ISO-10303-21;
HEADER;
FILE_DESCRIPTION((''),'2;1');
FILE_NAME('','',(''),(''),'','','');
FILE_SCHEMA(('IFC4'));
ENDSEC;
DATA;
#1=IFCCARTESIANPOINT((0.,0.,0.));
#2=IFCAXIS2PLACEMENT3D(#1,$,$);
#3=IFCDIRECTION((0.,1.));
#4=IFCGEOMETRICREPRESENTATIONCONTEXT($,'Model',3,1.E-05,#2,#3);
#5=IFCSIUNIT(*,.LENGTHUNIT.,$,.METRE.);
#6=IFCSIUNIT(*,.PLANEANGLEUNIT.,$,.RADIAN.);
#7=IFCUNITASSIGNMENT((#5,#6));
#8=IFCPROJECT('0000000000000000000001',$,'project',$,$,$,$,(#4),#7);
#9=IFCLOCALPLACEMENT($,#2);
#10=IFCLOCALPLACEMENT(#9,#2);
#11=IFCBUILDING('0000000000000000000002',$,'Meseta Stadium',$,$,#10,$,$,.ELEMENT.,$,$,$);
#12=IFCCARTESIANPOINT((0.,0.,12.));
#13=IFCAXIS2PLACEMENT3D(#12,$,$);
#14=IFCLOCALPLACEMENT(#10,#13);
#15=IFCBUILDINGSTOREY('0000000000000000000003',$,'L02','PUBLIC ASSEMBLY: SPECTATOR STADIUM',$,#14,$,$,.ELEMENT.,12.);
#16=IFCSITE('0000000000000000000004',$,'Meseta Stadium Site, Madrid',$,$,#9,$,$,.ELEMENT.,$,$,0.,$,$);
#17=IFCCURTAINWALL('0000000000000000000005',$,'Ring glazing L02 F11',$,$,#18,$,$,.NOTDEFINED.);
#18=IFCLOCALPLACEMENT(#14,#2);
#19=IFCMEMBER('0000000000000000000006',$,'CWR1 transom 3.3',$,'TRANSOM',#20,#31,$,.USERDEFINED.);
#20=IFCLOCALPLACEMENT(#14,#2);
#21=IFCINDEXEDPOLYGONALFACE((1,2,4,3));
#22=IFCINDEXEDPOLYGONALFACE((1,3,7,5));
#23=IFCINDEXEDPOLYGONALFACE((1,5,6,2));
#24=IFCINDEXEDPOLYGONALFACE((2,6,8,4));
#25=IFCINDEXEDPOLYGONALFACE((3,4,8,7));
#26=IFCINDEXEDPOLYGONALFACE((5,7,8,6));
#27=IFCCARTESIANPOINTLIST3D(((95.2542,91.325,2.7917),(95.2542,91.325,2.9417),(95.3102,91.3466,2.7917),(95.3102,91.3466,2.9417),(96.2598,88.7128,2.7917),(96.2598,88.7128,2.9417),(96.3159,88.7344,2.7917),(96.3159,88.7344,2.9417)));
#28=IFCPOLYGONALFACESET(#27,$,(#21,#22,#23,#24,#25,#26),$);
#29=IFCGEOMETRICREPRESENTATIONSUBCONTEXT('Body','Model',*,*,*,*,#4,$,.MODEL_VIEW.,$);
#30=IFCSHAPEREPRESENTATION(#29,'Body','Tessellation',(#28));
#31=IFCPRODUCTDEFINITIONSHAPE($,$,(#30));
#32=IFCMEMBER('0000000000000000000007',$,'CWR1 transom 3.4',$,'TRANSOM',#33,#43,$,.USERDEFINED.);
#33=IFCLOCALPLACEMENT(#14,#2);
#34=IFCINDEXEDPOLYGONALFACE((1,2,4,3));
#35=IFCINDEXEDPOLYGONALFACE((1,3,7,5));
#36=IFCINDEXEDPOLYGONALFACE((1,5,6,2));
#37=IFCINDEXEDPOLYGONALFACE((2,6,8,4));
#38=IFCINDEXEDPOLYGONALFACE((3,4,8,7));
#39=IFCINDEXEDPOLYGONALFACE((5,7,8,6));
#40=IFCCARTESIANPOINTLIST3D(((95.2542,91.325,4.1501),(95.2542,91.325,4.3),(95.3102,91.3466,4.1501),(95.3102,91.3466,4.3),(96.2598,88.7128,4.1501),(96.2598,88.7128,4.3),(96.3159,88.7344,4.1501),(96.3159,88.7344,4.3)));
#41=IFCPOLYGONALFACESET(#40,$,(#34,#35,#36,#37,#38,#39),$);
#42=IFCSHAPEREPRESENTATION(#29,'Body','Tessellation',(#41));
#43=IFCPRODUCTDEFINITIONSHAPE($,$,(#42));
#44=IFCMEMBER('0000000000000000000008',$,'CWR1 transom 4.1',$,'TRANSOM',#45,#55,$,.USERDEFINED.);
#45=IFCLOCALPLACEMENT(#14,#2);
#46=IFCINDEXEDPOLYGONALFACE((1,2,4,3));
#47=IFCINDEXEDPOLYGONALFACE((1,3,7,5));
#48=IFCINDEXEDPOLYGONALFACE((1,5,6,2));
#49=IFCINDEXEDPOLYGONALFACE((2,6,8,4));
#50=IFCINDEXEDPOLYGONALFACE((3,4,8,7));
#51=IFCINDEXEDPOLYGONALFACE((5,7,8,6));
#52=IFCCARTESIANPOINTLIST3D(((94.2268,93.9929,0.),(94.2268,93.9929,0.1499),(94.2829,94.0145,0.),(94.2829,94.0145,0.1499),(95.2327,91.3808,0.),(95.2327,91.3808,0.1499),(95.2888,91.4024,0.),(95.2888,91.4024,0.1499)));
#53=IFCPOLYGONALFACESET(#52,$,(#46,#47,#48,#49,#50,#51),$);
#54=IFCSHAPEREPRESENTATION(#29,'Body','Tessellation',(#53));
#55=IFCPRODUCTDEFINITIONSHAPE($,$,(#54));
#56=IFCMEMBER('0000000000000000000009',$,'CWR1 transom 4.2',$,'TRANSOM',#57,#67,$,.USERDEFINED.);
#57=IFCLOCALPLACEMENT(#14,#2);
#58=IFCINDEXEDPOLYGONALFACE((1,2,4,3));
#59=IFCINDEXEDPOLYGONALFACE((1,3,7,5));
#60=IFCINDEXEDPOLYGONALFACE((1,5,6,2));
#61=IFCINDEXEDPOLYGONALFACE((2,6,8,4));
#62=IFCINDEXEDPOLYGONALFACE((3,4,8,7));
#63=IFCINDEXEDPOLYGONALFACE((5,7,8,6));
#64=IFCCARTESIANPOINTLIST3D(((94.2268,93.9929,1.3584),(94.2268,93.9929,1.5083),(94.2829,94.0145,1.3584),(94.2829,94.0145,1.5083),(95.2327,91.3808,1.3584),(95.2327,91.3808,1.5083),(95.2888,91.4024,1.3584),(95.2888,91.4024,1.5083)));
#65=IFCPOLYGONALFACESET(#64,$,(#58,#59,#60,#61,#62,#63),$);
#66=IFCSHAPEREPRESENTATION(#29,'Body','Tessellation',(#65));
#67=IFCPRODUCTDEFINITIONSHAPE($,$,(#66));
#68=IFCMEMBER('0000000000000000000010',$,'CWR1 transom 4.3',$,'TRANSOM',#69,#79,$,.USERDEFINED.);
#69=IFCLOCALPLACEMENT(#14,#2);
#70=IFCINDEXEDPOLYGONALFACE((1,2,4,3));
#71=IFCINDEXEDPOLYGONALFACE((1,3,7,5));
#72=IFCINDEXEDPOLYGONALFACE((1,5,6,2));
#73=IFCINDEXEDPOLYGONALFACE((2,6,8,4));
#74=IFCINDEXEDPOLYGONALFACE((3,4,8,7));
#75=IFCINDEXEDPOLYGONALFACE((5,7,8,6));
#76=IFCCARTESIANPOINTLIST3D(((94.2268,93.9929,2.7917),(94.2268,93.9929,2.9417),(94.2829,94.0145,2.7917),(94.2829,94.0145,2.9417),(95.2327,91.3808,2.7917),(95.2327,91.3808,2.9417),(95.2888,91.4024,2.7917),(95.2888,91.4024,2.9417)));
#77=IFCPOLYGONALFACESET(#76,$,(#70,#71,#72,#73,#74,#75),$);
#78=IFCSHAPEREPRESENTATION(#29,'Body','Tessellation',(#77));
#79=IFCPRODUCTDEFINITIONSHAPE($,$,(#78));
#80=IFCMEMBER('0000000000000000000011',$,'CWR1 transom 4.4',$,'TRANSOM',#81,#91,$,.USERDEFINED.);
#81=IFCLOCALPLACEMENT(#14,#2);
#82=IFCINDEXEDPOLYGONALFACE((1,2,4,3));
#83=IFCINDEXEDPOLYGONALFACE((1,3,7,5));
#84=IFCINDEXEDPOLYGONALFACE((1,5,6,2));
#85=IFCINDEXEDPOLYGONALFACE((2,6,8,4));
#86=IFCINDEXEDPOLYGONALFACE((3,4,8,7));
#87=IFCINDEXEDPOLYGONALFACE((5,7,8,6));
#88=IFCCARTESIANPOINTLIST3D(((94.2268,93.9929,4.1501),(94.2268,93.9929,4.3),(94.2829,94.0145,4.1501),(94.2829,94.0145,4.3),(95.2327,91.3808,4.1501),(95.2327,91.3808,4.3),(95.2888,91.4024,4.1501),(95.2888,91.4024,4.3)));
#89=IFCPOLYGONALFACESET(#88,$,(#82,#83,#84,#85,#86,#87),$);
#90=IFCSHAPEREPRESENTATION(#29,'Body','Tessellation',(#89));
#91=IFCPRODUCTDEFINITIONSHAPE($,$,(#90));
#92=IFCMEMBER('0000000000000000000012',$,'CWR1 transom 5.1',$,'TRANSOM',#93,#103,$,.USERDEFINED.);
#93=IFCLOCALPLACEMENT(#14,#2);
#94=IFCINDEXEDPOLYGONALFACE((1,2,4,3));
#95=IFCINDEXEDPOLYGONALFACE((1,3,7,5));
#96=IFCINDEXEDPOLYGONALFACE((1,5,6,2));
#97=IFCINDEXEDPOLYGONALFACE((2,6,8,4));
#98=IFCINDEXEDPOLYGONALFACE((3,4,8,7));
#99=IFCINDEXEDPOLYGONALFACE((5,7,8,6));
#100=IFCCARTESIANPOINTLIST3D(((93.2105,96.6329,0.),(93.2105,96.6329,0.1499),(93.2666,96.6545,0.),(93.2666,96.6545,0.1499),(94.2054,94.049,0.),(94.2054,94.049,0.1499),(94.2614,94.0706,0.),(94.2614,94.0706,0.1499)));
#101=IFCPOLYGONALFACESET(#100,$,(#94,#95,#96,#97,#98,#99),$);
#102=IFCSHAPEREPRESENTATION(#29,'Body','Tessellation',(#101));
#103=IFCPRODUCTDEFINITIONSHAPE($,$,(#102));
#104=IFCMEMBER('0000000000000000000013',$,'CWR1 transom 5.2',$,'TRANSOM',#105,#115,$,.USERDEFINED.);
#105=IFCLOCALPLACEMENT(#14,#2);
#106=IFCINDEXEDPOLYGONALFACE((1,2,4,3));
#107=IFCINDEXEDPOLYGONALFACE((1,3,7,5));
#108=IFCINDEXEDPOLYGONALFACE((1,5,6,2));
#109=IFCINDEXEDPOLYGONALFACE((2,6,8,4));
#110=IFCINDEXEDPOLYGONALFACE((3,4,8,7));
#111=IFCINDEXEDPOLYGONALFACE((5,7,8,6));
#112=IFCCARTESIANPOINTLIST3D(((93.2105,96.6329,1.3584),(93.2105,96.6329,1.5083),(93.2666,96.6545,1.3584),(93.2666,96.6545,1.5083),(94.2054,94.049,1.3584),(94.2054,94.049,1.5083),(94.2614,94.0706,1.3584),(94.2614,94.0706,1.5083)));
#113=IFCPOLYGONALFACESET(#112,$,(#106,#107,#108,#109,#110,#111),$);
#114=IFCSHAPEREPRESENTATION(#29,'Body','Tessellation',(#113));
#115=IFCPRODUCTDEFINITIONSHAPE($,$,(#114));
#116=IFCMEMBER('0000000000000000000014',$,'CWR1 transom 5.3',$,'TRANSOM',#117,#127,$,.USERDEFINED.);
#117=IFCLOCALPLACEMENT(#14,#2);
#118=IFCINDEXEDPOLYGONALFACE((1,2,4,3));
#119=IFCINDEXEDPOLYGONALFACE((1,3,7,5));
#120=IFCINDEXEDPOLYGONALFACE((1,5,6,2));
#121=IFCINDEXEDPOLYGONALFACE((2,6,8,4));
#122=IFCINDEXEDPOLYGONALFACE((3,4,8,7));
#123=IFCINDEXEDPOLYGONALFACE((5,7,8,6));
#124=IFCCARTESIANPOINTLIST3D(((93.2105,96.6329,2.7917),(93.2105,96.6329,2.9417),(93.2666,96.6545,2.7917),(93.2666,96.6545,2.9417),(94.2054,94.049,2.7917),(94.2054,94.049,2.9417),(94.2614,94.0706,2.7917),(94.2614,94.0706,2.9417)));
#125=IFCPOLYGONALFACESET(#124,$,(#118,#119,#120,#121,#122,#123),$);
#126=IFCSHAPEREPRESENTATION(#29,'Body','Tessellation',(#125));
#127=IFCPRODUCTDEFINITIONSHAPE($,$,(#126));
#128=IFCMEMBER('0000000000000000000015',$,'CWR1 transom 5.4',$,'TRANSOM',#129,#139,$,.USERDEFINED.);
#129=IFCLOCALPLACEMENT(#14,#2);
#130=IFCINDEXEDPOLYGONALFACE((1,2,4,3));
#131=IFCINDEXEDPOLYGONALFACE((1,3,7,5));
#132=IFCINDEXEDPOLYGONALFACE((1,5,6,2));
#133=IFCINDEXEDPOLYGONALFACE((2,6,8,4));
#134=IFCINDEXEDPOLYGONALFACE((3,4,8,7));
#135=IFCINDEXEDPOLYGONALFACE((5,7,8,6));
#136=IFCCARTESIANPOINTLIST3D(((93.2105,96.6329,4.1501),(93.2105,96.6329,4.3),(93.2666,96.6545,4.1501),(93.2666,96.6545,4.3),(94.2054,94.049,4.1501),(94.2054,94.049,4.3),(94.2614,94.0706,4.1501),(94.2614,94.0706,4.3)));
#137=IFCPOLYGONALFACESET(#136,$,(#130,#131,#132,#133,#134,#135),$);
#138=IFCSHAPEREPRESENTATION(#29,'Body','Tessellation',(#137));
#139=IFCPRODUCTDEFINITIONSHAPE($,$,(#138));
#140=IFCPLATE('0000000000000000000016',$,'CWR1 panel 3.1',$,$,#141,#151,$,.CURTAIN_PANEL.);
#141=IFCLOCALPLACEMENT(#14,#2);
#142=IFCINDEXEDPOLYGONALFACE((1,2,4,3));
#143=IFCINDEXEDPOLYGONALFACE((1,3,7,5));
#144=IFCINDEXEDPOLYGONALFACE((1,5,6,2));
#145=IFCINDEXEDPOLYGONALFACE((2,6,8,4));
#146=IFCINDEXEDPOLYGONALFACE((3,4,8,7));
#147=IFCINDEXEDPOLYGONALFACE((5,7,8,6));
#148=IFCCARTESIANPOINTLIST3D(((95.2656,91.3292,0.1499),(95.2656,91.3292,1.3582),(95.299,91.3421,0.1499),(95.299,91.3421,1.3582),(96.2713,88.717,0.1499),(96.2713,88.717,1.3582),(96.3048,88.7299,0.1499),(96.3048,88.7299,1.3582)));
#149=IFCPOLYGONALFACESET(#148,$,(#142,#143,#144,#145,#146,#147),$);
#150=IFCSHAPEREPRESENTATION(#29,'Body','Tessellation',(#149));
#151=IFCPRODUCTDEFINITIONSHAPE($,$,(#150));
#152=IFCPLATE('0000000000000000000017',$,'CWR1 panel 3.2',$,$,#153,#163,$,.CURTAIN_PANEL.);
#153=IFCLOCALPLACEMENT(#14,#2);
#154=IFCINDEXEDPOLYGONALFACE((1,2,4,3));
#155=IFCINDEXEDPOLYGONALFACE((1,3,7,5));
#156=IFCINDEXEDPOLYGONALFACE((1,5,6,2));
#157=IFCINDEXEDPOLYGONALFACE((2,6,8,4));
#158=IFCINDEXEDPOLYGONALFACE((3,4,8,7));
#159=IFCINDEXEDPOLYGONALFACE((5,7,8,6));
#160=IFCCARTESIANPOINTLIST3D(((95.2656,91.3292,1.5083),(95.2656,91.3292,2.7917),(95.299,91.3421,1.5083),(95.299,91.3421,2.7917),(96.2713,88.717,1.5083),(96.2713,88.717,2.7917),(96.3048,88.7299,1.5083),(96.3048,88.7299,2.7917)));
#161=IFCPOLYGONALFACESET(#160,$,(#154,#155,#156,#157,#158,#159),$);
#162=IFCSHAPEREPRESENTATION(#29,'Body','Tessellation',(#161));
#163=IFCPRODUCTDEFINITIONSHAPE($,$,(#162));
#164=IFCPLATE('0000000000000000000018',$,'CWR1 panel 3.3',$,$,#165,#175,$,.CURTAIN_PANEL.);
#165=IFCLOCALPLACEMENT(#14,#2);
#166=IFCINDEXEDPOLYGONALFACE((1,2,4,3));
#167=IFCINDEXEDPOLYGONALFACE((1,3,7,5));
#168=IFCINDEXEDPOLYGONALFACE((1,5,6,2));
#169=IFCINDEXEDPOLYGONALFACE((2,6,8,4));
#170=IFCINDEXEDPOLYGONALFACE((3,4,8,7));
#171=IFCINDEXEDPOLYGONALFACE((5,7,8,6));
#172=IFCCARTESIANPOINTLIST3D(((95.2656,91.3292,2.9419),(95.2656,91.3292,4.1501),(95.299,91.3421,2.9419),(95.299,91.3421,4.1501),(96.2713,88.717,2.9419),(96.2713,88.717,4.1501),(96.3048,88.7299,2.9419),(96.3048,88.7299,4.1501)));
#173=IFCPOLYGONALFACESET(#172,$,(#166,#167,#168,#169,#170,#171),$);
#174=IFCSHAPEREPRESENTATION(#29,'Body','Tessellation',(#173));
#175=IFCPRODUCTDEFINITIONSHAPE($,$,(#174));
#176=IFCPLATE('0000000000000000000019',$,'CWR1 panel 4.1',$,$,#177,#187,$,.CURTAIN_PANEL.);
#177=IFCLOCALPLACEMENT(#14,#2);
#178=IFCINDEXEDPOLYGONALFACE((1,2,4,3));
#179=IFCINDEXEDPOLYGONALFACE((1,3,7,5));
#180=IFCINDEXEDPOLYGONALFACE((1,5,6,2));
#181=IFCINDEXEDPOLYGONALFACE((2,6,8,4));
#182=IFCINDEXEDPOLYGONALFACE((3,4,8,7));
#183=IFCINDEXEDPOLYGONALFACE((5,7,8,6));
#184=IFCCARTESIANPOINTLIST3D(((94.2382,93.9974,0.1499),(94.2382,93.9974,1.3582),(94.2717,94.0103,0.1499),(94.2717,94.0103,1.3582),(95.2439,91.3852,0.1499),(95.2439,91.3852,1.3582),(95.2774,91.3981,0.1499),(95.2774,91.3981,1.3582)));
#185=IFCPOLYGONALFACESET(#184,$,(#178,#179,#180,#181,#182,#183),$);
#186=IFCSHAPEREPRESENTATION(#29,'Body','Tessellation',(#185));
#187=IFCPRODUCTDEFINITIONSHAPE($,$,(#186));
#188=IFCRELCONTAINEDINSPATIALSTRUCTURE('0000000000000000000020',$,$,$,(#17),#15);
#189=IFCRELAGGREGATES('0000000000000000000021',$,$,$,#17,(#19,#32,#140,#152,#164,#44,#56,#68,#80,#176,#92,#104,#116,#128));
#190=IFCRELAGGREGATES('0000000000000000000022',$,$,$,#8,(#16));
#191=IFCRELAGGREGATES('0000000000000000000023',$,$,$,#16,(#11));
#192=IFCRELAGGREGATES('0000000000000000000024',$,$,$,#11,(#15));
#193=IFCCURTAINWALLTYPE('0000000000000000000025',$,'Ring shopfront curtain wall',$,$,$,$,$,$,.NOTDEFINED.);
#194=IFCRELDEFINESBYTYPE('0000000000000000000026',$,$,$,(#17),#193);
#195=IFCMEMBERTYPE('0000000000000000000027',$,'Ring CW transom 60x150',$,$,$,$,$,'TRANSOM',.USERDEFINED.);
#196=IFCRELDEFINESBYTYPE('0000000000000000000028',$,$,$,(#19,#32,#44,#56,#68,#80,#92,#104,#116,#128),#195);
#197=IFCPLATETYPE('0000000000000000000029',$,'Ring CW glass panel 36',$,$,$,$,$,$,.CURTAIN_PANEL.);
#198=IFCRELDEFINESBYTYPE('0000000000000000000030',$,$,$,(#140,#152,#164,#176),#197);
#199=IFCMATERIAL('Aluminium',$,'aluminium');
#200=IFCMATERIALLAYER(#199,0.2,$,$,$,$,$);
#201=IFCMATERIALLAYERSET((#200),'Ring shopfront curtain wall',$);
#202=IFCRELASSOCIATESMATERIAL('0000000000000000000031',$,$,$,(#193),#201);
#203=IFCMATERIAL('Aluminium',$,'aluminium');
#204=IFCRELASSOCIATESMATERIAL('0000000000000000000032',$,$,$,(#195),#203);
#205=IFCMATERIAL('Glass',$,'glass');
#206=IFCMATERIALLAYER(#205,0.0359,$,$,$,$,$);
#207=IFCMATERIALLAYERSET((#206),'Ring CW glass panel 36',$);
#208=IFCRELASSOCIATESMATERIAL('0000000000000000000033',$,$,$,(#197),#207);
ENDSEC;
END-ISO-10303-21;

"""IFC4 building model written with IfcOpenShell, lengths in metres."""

from ifc_helpers import new_model, si_unit, direction, frame, origin, origin_2d, place, context, subcontext, project, spatial, rectangle, extrude, material, layer, layer_set, material_profile, profile_set, type_object, element, aggregate, save


model = new_model("IFC4")

# Units and contexts
model_context = context("Model", 3, precision=1e-05, world=origin(), true_north=direction((0.0, 1.0)))
body_context = subcontext(model_context, "Body", "Model", "MODEL_VIEW")
ifc_project = project(units=[si_unit("LENGTHUNIT", "METRE"), si_unit("PLANEANGLEUNIT", "RADIAN")], contexts=[model_context])

# Site, building, storey
site_placement = place(None, origin())
site = spatial("IfcSite", under=ifc_project, at=site_placement, Name="Meseta Stadium Site, Madrid", CompositionType="ELEMENT", RefElevation=0.0)
building_placement = place(site_placement, origin())
building = spatial("IfcBuilding", under=site, at=building_placement, Name="Meseta Stadium", CompositionType="ELEMENT")
storey_placement = place(building_placement, frame((0.0, 0.0, 12.0)))
storey = spatial("IfcBuildingStorey", under=building, at=storey_placement, Name="L02", Description="PUBLIC ASSEMBLY: SPECTATOR STADIUM", CompositionType="ELEMENT", Elevation=12.0)

# Curtain wall, members, plates
ifc_material_1 = material(Name="Aluminium", Category="aluminium")
ifc_layer_1 = layer(ifc_material_1, 0.2)
ifc_layer_set_1 = layer_set([ifc_layer_1], Name="Ring shopfront curtain wall")
curtain_wall_type = type_object("IfcCurtainWallType", Name="Ring shopfront curtain wall", PredefinedType="NOTDEFINED", material=ifc_layer_set_1)
curtain_wall_placement = place(storey_placement, origin())
curtain_wall = element("IfcCurtainWall", 1, at=curtain_wall_placement, inside=storey, type_object=curtain_wall_type, Name="Ring glazing L02 F11", PredefinedType="NOTDEFINED")
ifc_material_2 = material(Name="Aluminium", Category="aluminium")
ifc_material_profile_1 = material_profile(ifc_material_2, rectangle(XDim=0.0601, YDim=0.1499, at=origin_2d()), Name="CW 60x150")
ifc_profile_set_1 = profile_set([ifc_material_profile_1], Name="Aluminium")
member_type_1 = type_object("IfcMemberType", Name="Ring CW transom 60x150", ElementType="TRANSOM", PredefinedType="USERDEFINED", material=ifc_profile_set_1)
member_1_placement = place(storey_placement, frame((96.2878, 88.7236, 2.8667), z_axis=(-0.359283, 0.933229, 0.0), x_axis=(-0.933229, -0.359283, 0.0)))
member_1 = element("IfcMember", 2, at=member_1_placement, type_object=member_type_1, Name="CWR1 transom 3.3", ObjectType="TRANSOM", PredefinedType="USERDEFINED", context=body_context, shape_type="SweptSolid", body=[
    extrude(rectangle(XDim=0.0601, YDim=0.1499, at=origin_2d()), origin(), (0.0, 0.0, 1.0), 2.7991),
])
member_2_placement = place(storey_placement, frame((96.2878, 88.7236, 4.2251), z_axis=(-0.359283, 0.933229, 0.0), x_axis=(-0.933229, -0.359283, 0.0)))
member_2 = element("IfcMember", 3, at=member_2_placement, type_object=member_type_1, Name="CWR1 transom 3.4", ObjectType="TRANSOM", PredefinedType="USERDEFINED", context=body_context, shape_type="SweptSolid", body=[
    extrude(rectangle(XDim=0.0601, YDim=0.1499, at=origin_2d()), origin(), (0.0, 0.0, 1.0), 2.7991),
])
member_3_placement = place(storey_placement, frame((95.2607, 91.3916, 0.075), z_axis=(-0.359359, 0.933199, 0.0), x_axis=(-0.933199, -0.359359, 0.0)))
member_3 = element("IfcMember", 4, at=member_3_placement, type_object=member_type_1, Name="CWR1 transom 4.1", ObjectType="TRANSOM", PredefinedType="USERDEFINED", context=body_context, shape_type="SweptSolid", body=[
    extrude(rectangle(XDim=0.0601, YDim=0.1499, at=origin_2d()), origin(), (0.0, 0.0, 1.0), 2.7991),
])
member_4_placement = place(storey_placement, frame((95.2607, 91.3916, 1.4333), z_axis=(-0.359359, 0.933199, 0.0), x_axis=(-0.933199, -0.359359, 0.0)))
member_4 = element("IfcMember", 5, at=member_4_placement, type_object=member_type_1, Name="CWR1 transom 4.2", ObjectType="TRANSOM", PredefinedType="USERDEFINED", context=body_context, shape_type="SweptSolid", body=[
    extrude(rectangle(XDim=0.0601, YDim=0.1499, at=origin_2d()), origin(), (0.0, 0.0, 1.0), 2.7991),
])
member_5_placement = place(storey_placement, frame((95.2607, 91.3916, 2.8667), z_axis=(-0.359359, 0.933199, 0.0), x_axis=(-0.933199, -0.359359, 0.0)))
member_5 = element("IfcMember", 6, at=member_5_placement, type_object=member_type_1, Name="CWR1 transom 4.3", ObjectType="TRANSOM", PredefinedType="USERDEFINED", context=body_context, shape_type="SweptSolid", body=[
    extrude(rectangle(XDim=0.0601, YDim=0.1499, at=origin_2d()), origin(), (0.0, 0.0, 1.0), 2.7991),
])
member_6_placement = place(storey_placement, frame((95.2607, 91.3916, 4.2251), z_axis=(-0.359359, 0.933199, 0.0), x_axis=(-0.933199, -0.359359, 0.0)))
member_6 = element("IfcMember", 7, at=member_6_placement, type_object=member_type_1, Name="CWR1 transom 4.4", ObjectType="TRANSOM", PredefinedType="USERDEFINED", context=body_context, shape_type="SweptSolid", body=[
    extrude(rectangle(XDim=0.0601, YDim=0.1499, at=origin_2d()), origin(), (0.0, 0.0, 1.0), 2.7991),
])
member_7_placement = place(storey_placement, frame((94.2334, 94.0598, 0.075), z_axis=(-0.359304, 0.933221, 0.0), x_axis=(-0.933221, -0.359304, 0.0)))
member_7 = element("IfcMember", 8, at=member_7_placement, type_object=member_type_1, Name="CWR1 transom 5.1", ObjectType="TRANSOM", PredefinedType="USERDEFINED", context=body_context, shape_type="SweptSolid", body=[
    extrude(rectangle(XDim=0.0601, YDim=0.1499, at=origin_2d()), origin(), (0.0, 0.0, 1.0), 2.7688),
])
member_8_placement = place(storey_placement, frame((94.2334, 94.0598, 1.4333), z_axis=(-0.359304, 0.933221, 0.0), x_axis=(-0.933221, -0.359304, 0.0)))
member_8 = element("IfcMember", 9, at=member_8_placement, type_object=member_type_1, Name="CWR1 transom 5.2", ObjectType="TRANSOM", PredefinedType="USERDEFINED", context=body_context, shape_type="SweptSolid", body=[
    extrude(rectangle(XDim=0.0601, YDim=0.1499, at=origin_2d()), origin(), (0.0, 0.0, 1.0), 2.7688),
])
member_9_placement = place(storey_placement, frame((94.2334, 94.0598, 2.8667), z_axis=(-0.359304, 0.933221, 0.0), x_axis=(-0.933221, -0.359304, 0.0)))
member_9 = element("IfcMember", 10, at=member_9_placement, type_object=member_type_1, Name="CWR1 transom 5.3", ObjectType="TRANSOM", PredefinedType="USERDEFINED", context=body_context, shape_type="SweptSolid", body=[
    extrude(rectangle(XDim=0.0601, YDim=0.1499, at=origin_2d()), origin(), (0.0, 0.0, 1.0), 2.7688),
])
member_10_placement = place(storey_placement, frame((94.2334, 94.0598, 4.2251), z_axis=(-0.359304, 0.933221, 0.0), x_axis=(-0.933221, -0.359304, 0.0)))
member_10 = element("IfcMember", 11, at=member_10_placement, type_object=member_type_1, Name="CWR1 transom 5.4", ObjectType="TRANSOM", PredefinedType="USERDEFINED", context=body_context, shape_type="SweptSolid", body=[
    extrude(rectangle(XDim=0.0601, YDim=0.1499, at=origin_2d()), origin(), (0.0, 0.0, 1.0), 2.7688),
])
ifc_material_3 = material(Name="Glass", Category="glass")
ifc_layer_2 = layer(ifc_material_3, 0.0359)
ifc_layer_set_2 = layer_set([ifc_layer_2], Name="Ring CW glass panel 36")
plate_type_1 = type_object("IfcPlateType", Name="Ring CW glass panel 36", PredefinedType="CURTAIN_PANEL", material=ifc_layer_set_2)
plate_1_placement = place(storey_placement, frame((95.7852, 90.0295, 0.1499), z_axis=(0.0, 0.0, 1.0), x_axis=(-0.359302, 0.933221, 0.0)))
plate_1 = element("IfcPlate", 12, at=plate_1_placement, type_object=plate_type_1, Name="CWR1 panel 3.1", PredefinedType="CURTAIN_PANEL", context=body_context, shape_type="SweptSolid", body=[
    extrude(rectangle(XDim=2.7991, YDim=0.0359, at=origin_2d()), origin(), (0.0, 0.0, 1.0), 1.2083),
])
plate_2_placement = place(storey_placement, frame((95.7852, 90.0295, 1.5083), z_axis=(0.0, 0.0, 1.0), x_axis=(-0.359302, 0.933221, 0.0)))
plate_2 = element("IfcPlate", 13, at=plate_2_placement, type_object=plate_type_1, Name="CWR1 panel 3.2", PredefinedType="CURTAIN_PANEL", context=body_context, shape_type="SweptSolid", body=[
    extrude(rectangle(XDim=2.7991, YDim=0.0359, at=origin_2d()), origin(), (0.0, 0.0, 1.0), 1.2834),
])
plate_3_placement = place(storey_placement, frame((95.7852, 90.0295, 2.9419), z_axis=(0.0, 0.0, 1.0), x_axis=(-0.359302, 0.933221, 0.0)))
plate_3 = element("IfcPlate", 14, at=plate_3_placement, type_object=plate_type_1, Name="CWR1 panel 3.3", PredefinedType="CURTAIN_PANEL", context=body_context, shape_type="SweptSolid", body=[
    extrude(rectangle(XDim=2.7991, YDim=0.0359, at=origin_2d()), origin(), (0.0, 0.0, 1.0), 1.2083),
])
plate_4_placement = place(storey_placement, frame((94.7578, 92.6978, 0.1499), z_axis=(0.0, 0.0, 1.0), x_axis=(-0.359302, 0.933221, 0.0)))
plate_4 = element("IfcPlate", 15, at=plate_4_placement, type_object=plate_type_1, Name="CWR1 panel 4.1", PredefinedType="CURTAIN_PANEL", context=body_context, shape_type="SweptSolid", body=[
    extrude(rectangle(XDim=2.7991, YDim=0.0359, at=origin_2d()), origin(), (0.0, 0.0, 1.0), 1.2083),
])
aggregate(curtain_wall, [member_1, member_2, plate_1, plate_2, plate_3, member_3, member_4, member_5, member_6, plate_4, member_7, member_8, member_9, member_10])

save(model, "model.ifc")
